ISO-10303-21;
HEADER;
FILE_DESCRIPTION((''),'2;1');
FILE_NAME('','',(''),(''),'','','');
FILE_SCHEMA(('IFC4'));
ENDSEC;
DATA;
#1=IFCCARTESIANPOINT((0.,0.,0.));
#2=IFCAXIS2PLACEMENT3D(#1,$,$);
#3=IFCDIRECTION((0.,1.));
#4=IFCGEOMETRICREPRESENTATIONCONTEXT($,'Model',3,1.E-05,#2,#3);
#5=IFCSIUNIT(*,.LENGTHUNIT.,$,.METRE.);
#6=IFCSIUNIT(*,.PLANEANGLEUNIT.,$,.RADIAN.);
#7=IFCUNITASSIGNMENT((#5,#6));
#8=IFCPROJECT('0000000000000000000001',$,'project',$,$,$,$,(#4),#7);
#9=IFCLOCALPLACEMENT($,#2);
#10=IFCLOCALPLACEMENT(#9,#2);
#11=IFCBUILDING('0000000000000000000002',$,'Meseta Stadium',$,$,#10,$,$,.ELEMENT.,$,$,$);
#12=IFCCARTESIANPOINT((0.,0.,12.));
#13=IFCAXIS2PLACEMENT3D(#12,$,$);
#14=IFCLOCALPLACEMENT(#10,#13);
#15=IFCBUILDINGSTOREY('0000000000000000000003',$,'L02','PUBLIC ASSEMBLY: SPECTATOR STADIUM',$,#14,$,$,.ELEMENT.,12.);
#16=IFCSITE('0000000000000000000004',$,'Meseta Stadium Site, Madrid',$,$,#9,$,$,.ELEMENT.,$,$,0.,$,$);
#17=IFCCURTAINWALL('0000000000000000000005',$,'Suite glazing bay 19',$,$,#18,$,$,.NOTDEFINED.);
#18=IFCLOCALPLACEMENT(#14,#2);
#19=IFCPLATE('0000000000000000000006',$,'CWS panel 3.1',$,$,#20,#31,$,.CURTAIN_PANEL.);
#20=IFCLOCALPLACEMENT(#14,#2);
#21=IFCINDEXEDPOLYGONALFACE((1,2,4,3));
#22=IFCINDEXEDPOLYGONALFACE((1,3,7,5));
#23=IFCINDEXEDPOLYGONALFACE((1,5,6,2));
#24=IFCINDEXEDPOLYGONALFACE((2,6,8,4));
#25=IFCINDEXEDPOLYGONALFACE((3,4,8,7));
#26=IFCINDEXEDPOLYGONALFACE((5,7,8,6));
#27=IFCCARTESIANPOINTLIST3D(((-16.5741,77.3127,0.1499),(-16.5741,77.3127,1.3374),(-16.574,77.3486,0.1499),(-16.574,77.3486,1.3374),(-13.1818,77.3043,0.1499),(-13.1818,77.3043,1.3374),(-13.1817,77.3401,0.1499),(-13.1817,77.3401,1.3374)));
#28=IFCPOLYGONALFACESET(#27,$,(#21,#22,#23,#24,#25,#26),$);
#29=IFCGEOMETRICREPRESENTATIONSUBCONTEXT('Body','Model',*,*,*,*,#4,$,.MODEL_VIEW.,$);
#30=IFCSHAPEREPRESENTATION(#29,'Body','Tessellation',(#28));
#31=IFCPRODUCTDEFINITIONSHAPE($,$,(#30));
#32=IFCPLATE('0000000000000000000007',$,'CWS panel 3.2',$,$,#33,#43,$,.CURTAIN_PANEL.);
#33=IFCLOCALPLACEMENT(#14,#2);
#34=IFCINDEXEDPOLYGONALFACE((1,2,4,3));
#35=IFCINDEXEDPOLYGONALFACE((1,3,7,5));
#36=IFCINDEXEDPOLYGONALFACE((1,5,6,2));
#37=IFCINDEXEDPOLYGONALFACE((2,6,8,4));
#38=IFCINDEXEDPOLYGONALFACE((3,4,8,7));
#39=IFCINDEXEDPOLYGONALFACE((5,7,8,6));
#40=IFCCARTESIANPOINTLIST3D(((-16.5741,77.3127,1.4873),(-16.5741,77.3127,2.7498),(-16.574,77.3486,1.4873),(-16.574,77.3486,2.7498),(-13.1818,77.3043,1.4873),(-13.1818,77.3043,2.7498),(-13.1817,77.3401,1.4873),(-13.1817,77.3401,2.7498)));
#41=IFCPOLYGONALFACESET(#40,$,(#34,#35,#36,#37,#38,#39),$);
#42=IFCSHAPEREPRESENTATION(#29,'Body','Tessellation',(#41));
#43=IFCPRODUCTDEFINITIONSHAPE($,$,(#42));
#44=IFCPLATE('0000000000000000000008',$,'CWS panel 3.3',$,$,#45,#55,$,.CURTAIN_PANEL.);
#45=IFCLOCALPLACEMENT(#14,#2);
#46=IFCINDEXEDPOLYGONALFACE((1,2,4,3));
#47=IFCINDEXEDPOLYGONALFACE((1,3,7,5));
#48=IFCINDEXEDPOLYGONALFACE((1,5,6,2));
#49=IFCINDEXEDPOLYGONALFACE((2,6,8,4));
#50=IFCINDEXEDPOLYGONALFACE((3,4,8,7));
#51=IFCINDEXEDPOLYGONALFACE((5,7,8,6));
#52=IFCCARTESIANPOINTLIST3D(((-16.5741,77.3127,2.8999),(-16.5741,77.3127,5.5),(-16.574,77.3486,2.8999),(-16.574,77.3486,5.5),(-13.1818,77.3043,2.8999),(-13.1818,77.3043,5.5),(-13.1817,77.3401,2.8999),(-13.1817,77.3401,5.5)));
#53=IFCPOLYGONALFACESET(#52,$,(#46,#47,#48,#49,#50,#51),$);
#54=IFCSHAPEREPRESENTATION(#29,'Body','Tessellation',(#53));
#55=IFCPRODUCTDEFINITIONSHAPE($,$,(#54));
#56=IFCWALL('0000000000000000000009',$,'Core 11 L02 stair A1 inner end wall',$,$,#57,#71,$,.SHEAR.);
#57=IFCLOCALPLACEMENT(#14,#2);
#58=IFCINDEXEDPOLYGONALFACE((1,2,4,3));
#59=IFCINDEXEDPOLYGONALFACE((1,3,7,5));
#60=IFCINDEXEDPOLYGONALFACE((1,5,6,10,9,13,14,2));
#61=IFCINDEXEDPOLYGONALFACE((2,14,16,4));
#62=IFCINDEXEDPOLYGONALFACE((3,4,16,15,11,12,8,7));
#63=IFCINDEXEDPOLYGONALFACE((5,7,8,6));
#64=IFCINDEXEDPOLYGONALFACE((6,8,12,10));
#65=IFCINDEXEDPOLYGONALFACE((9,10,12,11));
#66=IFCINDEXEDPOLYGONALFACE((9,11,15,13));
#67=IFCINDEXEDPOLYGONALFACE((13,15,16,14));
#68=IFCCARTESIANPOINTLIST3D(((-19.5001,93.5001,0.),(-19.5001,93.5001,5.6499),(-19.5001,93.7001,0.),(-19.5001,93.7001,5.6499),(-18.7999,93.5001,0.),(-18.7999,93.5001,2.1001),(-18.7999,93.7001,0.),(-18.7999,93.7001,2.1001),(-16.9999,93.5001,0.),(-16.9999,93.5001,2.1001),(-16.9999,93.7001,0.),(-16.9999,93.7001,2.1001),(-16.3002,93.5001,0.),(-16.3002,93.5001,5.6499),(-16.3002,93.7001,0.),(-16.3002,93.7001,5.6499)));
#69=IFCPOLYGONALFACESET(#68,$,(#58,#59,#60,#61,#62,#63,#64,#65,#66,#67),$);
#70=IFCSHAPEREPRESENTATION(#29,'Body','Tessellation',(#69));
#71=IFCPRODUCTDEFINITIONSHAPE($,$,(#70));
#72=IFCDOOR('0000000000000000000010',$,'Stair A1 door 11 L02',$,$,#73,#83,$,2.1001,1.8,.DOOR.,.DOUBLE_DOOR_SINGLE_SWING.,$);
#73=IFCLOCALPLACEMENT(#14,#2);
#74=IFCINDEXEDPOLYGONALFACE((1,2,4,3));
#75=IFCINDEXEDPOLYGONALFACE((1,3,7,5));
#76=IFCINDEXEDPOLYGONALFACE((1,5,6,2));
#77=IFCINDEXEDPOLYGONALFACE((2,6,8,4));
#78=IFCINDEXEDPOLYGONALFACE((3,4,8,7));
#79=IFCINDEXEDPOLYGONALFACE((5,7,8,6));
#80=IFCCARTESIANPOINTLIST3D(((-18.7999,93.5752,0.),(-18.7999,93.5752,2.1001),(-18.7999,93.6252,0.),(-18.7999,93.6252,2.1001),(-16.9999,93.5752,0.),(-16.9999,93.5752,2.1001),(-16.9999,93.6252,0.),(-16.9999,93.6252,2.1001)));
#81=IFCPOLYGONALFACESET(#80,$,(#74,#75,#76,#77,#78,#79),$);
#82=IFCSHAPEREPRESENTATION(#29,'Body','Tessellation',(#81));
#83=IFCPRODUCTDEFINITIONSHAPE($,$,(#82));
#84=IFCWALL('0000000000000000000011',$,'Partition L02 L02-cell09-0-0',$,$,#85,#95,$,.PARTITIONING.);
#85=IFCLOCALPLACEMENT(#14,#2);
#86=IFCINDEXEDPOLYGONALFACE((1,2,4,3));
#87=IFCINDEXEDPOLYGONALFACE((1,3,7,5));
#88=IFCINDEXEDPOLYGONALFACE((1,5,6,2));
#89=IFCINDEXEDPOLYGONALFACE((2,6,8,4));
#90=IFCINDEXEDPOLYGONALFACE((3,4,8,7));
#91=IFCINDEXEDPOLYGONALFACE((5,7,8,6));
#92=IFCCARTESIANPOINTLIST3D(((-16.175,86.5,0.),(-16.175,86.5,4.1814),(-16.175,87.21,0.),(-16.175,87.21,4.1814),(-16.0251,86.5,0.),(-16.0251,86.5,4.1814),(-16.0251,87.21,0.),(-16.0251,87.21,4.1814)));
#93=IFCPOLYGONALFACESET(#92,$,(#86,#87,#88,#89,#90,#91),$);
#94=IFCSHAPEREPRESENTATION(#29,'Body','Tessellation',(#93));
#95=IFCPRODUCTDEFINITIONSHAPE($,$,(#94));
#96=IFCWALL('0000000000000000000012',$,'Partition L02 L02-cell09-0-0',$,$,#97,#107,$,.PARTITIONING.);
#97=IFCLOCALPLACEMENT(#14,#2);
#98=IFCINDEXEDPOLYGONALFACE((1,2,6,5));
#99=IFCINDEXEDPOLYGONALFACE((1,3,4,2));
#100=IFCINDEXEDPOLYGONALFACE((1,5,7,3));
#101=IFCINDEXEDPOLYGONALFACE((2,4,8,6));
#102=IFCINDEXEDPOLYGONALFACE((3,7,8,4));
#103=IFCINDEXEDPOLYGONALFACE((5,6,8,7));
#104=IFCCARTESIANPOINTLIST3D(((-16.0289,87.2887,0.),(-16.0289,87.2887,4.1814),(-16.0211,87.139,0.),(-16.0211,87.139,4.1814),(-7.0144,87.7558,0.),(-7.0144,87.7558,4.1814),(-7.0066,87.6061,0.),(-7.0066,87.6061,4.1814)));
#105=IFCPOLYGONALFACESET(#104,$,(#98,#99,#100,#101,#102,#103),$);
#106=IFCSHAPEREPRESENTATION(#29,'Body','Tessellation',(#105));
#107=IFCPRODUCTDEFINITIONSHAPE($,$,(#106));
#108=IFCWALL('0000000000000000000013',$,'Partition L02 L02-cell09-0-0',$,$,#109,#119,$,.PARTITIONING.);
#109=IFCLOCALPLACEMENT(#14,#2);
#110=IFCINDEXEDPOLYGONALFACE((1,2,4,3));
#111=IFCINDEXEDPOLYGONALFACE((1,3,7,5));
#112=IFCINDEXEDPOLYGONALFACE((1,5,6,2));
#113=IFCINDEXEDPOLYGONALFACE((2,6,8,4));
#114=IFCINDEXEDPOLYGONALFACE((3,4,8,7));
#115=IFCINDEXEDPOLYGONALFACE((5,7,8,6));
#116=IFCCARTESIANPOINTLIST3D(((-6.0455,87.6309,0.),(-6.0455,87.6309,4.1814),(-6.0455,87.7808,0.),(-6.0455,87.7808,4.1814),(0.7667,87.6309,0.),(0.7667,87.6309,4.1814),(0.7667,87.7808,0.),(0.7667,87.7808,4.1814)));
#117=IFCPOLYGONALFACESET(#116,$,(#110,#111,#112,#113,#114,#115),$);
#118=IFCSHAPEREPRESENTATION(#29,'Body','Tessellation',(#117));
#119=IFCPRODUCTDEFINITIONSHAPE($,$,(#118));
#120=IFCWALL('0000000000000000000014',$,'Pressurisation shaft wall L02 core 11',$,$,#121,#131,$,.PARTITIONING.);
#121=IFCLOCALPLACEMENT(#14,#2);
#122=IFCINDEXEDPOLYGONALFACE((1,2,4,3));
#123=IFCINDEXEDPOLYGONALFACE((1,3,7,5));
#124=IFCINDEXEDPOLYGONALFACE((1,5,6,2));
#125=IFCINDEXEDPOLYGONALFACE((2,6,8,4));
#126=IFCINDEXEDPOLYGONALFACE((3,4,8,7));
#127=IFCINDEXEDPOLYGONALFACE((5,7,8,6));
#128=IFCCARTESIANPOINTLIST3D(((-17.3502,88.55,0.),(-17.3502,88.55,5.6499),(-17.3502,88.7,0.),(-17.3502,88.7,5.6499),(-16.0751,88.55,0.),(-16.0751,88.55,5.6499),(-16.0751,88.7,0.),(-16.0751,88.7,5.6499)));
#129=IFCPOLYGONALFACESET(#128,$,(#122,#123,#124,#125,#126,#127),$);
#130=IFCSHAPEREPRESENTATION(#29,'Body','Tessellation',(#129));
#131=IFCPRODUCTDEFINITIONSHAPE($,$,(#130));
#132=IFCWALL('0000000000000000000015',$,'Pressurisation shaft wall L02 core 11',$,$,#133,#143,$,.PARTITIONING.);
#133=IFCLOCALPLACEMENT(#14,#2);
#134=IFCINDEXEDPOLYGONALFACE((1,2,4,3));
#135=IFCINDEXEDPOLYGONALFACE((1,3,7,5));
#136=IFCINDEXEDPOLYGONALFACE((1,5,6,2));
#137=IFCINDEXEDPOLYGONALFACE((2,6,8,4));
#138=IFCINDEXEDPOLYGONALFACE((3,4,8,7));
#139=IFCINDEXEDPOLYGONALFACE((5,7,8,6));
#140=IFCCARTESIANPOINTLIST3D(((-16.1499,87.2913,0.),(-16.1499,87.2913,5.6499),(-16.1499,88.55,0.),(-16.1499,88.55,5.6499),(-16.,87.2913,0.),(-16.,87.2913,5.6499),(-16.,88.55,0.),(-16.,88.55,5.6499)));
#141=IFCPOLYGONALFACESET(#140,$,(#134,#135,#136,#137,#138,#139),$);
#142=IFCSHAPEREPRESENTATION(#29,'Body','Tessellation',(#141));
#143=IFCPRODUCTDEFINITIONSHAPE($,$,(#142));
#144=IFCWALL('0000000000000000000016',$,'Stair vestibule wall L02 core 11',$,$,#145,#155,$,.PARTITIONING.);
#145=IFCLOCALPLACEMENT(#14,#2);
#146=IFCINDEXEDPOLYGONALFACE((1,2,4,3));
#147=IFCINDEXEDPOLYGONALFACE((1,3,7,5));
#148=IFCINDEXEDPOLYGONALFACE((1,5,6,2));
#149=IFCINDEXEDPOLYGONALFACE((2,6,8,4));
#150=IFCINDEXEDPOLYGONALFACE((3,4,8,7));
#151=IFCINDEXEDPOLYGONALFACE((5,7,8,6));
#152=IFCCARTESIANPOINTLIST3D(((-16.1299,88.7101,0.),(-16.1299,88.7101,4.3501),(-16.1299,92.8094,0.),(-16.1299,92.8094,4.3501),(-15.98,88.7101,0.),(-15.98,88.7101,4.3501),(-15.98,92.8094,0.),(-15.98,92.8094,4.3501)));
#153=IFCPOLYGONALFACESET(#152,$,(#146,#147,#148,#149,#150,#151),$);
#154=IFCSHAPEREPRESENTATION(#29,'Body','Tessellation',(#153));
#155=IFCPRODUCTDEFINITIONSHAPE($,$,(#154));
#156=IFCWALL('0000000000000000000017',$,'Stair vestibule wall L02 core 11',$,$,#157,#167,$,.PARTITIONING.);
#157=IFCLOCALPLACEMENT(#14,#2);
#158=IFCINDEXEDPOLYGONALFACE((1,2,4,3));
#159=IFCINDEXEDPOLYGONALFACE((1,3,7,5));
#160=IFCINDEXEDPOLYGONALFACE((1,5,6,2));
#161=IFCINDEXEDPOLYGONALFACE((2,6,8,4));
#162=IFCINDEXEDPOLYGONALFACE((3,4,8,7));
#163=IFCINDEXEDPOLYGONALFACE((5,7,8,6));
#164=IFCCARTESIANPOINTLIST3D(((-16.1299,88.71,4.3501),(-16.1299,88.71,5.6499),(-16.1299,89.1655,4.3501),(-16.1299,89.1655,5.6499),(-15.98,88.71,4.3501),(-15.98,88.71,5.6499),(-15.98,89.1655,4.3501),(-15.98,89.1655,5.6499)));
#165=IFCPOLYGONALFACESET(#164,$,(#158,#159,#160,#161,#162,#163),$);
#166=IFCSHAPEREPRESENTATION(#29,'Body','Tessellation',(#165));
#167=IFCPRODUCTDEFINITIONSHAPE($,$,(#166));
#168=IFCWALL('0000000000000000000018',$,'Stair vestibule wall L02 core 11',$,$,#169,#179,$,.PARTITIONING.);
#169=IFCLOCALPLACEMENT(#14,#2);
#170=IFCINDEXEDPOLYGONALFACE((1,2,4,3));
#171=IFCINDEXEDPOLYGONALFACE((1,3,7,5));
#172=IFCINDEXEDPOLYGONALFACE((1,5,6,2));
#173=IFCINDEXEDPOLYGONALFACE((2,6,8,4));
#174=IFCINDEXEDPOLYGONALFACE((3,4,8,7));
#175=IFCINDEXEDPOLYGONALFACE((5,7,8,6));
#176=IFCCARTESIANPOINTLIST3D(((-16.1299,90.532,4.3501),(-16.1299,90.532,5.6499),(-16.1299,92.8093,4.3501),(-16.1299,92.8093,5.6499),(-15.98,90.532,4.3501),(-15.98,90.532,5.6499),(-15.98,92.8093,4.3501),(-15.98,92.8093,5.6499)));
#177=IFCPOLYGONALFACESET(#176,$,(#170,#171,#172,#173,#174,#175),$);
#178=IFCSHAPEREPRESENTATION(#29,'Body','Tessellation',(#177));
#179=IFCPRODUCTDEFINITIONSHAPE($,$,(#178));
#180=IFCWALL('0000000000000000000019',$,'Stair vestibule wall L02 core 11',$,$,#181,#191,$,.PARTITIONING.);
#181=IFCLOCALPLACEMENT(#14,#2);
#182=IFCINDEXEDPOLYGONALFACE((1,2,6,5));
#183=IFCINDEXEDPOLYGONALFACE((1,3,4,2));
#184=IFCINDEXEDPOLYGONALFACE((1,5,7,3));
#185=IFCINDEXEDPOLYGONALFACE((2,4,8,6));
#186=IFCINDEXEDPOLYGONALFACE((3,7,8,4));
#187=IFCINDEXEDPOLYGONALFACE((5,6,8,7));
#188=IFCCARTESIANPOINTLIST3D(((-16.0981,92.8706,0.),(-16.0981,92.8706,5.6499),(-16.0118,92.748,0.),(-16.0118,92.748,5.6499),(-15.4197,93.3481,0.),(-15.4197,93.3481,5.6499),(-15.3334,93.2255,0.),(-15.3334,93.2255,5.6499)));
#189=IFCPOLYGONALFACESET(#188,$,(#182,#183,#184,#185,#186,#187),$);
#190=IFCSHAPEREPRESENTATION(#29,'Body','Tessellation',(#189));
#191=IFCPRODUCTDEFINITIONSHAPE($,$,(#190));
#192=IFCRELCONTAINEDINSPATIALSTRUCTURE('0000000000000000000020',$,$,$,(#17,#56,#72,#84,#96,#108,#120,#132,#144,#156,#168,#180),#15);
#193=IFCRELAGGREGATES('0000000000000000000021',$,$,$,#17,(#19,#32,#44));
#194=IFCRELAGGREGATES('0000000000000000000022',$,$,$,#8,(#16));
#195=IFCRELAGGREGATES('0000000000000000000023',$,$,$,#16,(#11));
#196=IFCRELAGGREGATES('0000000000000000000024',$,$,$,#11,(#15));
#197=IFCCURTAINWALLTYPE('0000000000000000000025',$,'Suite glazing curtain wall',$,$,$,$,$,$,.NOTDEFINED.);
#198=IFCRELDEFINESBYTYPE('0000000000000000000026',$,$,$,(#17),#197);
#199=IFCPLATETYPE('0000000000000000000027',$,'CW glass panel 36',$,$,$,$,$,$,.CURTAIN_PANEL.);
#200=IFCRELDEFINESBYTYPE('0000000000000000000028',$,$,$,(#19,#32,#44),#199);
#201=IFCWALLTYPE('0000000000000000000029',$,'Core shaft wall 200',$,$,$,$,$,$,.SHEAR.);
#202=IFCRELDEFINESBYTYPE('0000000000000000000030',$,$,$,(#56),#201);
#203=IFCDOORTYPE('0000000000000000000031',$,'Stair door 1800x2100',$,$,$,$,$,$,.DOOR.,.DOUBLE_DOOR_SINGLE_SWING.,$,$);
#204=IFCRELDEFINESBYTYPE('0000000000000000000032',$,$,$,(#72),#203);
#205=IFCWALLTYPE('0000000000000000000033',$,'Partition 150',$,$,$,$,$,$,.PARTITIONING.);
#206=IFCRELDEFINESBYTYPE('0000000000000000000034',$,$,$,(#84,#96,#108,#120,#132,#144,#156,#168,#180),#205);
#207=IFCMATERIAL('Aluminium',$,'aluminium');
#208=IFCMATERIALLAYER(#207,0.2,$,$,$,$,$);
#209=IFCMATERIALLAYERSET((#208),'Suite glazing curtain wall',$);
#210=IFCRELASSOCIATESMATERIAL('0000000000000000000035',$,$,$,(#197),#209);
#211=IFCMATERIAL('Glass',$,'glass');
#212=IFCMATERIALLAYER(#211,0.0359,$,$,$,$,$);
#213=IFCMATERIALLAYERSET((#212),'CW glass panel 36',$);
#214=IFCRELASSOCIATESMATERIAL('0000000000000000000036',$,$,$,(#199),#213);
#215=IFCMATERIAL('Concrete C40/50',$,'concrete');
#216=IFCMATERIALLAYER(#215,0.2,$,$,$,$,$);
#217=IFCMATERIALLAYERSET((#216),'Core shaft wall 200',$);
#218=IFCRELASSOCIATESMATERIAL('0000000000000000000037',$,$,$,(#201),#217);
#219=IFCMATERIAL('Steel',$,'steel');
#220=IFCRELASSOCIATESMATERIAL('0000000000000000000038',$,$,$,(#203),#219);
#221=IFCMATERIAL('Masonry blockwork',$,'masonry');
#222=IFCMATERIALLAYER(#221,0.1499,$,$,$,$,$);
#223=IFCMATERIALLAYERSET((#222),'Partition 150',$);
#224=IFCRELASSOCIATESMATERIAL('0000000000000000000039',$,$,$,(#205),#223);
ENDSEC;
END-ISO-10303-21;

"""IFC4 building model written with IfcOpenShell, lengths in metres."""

from ifc_helpers import new_model, si_unit, direction, frame, frame_2d, origin, origin_2d, place, context, subcontext, project, spatial, rectangle, extrude, material, layer, layer_set, type_object, element, fill, aggregate, save


model = new_model("IFC4")

# Units and contexts
model_context = context("Model", 3, precision=1e-05, world=origin(), true_north=direction((0.0, 1.0)))
body_context = subcontext(model_context, "Body", "Model", "MODEL_VIEW")
ifc_project = project(units=[si_unit("LENGTHUNIT", "METRE"), si_unit("PLANEANGLEUNIT", "RADIAN")], contexts=[model_context])

# Site, building, storey
site_placement = place(None, origin())
site = spatial("IfcSite", under=ifc_project, at=site_placement, Name="Meseta Stadium Site, Madrid", CompositionType="ELEMENT", RefElevation=0.0)
building_placement = place(site_placement, origin())
building = spatial("IfcBuilding", under=site, at=building_placement, Name="Meseta Stadium", CompositionType="ELEMENT")
storey_placement = place(building_placement, frame((0.0, 0.0, 12.0)))
storey = spatial("IfcBuildingStorey", under=building, at=storey_placement, Name="L02", Description="PUBLIC ASSEMBLY: SPECTATOR STADIUM", CompositionType="ELEMENT", Elevation=12.0)

# Curtain wall
ifc_material_1 = material(Name="Aluminium", Category="aluminium")
ifc_layer_1 = layer(ifc_material_1, 0.2)
ifc_layer_set_1 = layer_set([ifc_layer_1], Name="Suite glazing curtain wall")
curtain_wall_type = type_object("IfcCurtainWallType", Name="Suite glazing curtain wall", PredefinedType="NOTDEFINED", material=ifc_layer_set_1)
curtain_wall_placement = place(storey_placement, origin())
curtain_wall = element("IfcCurtainWall", 1, at=curtain_wall_placement, inside=storey, type_object=curtain_wall_type, Name="Suite glazing bay 19", PredefinedType="NOTDEFINED")

# Plates
ifc_material_2 = material(Name="Glass", Category="glass")
ifc_layer_2 = layer(ifc_material_2, 0.0359)
ifc_layer_set_2 = layer_set([ifc_layer_2], Name="CW glass panel 36")
plate_type = type_object("IfcPlateType", Name="CW glass panel 36", PredefinedType="CURTAIN_PANEL", material=ifc_layer_set_2)
plate_1_placement = place(storey_placement, frame((-14.8779, 77.3264, 0.1499), z_axis=(0.0, 0.0, 1.0), x_axis=(-0.999997, 0.002486, 0.0)))
plate_1 = element("IfcPlate", 2, at=plate_1_placement, type_object=plate_type, Name="CWS panel 3.1", PredefinedType="CURTAIN_PANEL", context=body_context, shape_type="SweptSolid", body=[
    extrude(rectangle(XDim=3.3923, YDim=0.0359, at=origin_2d()), origin(), (0.0, 0.0, 1.0), 1.1875),
])
plate_2_placement = place(storey_placement, frame((-14.8779, 77.3264, 1.4873), z_axis=(0.0, 0.0, 1.0), x_axis=(-0.999997, 0.002486, 0.0)))
plate_2 = element("IfcPlate", 3, at=plate_2_placement, type_object=plate_type, Name="CWS panel 3.2", PredefinedType="CURTAIN_PANEL", context=body_context, shape_type="SweptSolid", body=[
    extrude(rectangle(XDim=3.3923, YDim=0.0359, at=origin_2d()), origin(), (0.0, 0.0, 1.0), 1.2625),
])
plate_3_placement = place(storey_placement, frame((-14.8779, 77.3264, 2.8999), z_axis=(0.0, 0.0, 1.0), x_axis=(-0.999997, 0.002486, 0.0)))
plate_3 = element("IfcPlate", 4, at=plate_3_placement, type_object=plate_type, Name="CWS panel 3.3", PredefinedType="CURTAIN_PANEL", context=body_context, shape_type="SweptSolid", body=[
    extrude(rectangle(XDim=3.3923, YDim=0.0359, at=origin_2d()), origin(), (0.0, 0.0, 1.0), 2.6001),
])
aggregate(curtain_wall, [plate_1, plate_2, plate_3])

# Wall, opening, door
ifc_material_3 = material(Name="Concrete C40/50", Category="concrete")
ifc_layer_3 = layer(ifc_material_3, 0.2)
ifc_layer_set_3 = layer_set([ifc_layer_3], Name="Core shaft wall 200")
wall_type_1 = type_object("IfcWallType", Name="Core shaft wall 200", PredefinedType="SHEAR", material=ifc_layer_set_3)
wall_1_placement = place(storey_placement, frame((-16.3, 93.6001, 0.0), z_axis=(0.0, 0.0, 1.0), x_axis=(-1.0, 0.0, 0.0)))
wall_1 = element("IfcWall", 5, at=wall_1_placement, inside=storey, type_object=wall_type_1, Name="Core 11 L02 stair A1 inner end wall", PredefinedType="SHEAR", context=body_context, shape_type="SweptSolid", body=[
    extrude(rectangle(XDim=3.2, YDim=0.2, at=frame_2d((1.6001, 0.0))), origin(), (0.0, 0.0, 1.0), 5.6499),
])
opening_placement = place(wall_1_placement, frame((0.7, 0.0, 0.0)))
opening = element("IfcOpeningElement", 6, at=opening_placement, cuts=wall_1, PredefinedType="OPENING", context=body_context, shape_type="SweptSolid", body=[
    extrude(rectangle(XDim=1.8, YDim=2.1001, at=frame_2d((0.8999, 1.05))), frame((0.0, 0.1099, 0.0), z_axis=(0.0, -1.0, 0.0), x_axis=(1.0, 0.0, 0.0)), (0.0, 0.0, 1.0), 0.22),
])
ifc_material_4 = material(Name="Steel", Category="steel")
door_type = type_object("IfcDoorType", Name="Stair door 1800x2100", OperationType="DOUBLE_DOOR_SINGLE_SWING", PredefinedType="DOOR", material=ifc_material_4)
door_placement = place(opening_placement, origin())
door = element("IfcDoor", 7, at=door_placement, inside=storey, type_object=door_type, Name="Stair A1 door 11 L02", OperationType="DOUBLE_DOOR_SINGLE_SWING", OverallHeight=2.1001, OverallWidth=1.8, PredefinedType="DOOR", context=body_context, shape_type="SweptSolid", body=[
    extrude(rectangle(XDim=1.8, YDim=2.1001, at=frame_2d((0.8999, 1.05))), frame((0.0, 0.0249, 0.0), z_axis=(0.0, -1.0, 0.0), x_axis=(1.0, 0.0, 0.0)), (0.0, 0.0, 1.0), 0.05),
])
fill(opening, door)

# Walls
ifc_material_5 = material(Name="Masonry blockwork", Category="masonry")
ifc_layer_4 = layer(ifc_material_5, 0.1499)
ifc_layer_set_4 = layer_set([ifc_layer_4], Name="Partition 150")
wall_type_2 = type_object("IfcWallType", Name="Partition 150", PredefinedType="PARTITIONING", material=ifc_layer_set_4)
wall_2_placement = place(storey_placement, frame((-16.1001, 86.5, 0.0), z_axis=(0.0, 0.0, 1.0), x_axis=(0.0, 1.0, 0.0)))
element("IfcWall", 8, at=wall_2_placement, inside=storey, type_object=wall_type_2, Name="Partition L02 L02-cell09-0-0", PredefinedType="PARTITIONING", context=body_context, shape_type="SweptSolid", body=[
    extrude(rectangle(XDim=0.71, YDim=0.1499, at=frame_2d((0.355, 0.0))), origin(), (0.0, 0.0, 1.0), 4.1814),
])
wall_3_placement = place(storey_placement, frame((-16.0249, 87.2139, 0.0), z_axis=(0.0, 0.0, 1.0), x_axis=(0.998661, 0.051741, 0.0)))
element("IfcWall", 9, at=wall_3_placement, inside=storey, type_object=wall_type_2, Name="Partition L02 L02-cell09-0-0", PredefinedType="PARTITIONING", context=body_context, shape_type="SweptSolid", body=[
    extrude(rectangle(XDim=9.0266, YDim=0.1499, at=frame_2d((4.5132, 0.0))), origin(), (0.0, 0.0, 1.0), 4.1814),
])
wall_4_placement = place(storey_placement, frame((-6.0457, 87.7058, 0.0), z_axis=(0.0, 0.0, 1.0), x_axis=(1.0, 0.0, 0.0)))
element("IfcWall", 10, at=wall_4_placement, inside=storey, type_object=wall_type_2, Name="Partition L02 L02-cell09-0-0", PredefinedType="PARTITIONING", context=body_context, shape_type="SweptSolid", body=[
    extrude(rectangle(XDim=6.8123, YDim=0.1499, at=frame_2d((3.4062, 0.0))), origin(), (0.0, 0.0, 1.0), 4.1814),
])
wall_5_placement = place(storey_placement, frame((-16.075, 88.625, 0.0), z_axis=(0.0, 0.0, 1.0), x_axis=(-1.0, 0.0, 0.0)))
element("IfcWall", 11, at=wall_5_placement, inside=storey, type_object=wall_type_2, Name="Pressurisation shaft wall L02 core 11", PredefinedType="PARTITIONING", context=body_context, shape_type="SweptSolid", body=[
    extrude(rectangle(XDim=1.2751, YDim=0.1499, at=frame_2d((0.6377, 0.0))), origin(), (0.0, 0.0, 1.0), 5.6499),
])
wall_6_placement = place(storey_placement, frame((-16.075, 87.2913, 0.0), z_axis=(0.0, 0.0, 1.0), x_axis=(0.0, 1.0, 0.0)))
element("IfcWall", 12, at=wall_6_placement, inside=storey, type_object=wall_type_2, Name="Pressurisation shaft wall L02 core 11", PredefinedType="PARTITIONING", context=body_context, shape_type="SweptSolid", body=[
    extrude(rectangle(XDim=1.2588, YDim=0.1499, at=frame_2d((0.6294, 0.0))), origin(), (0.0, 0.0, 1.0), 5.6499),
])
wall_7_placement = place(storey_placement, frame((-16.0549, 88.71, 0.0), z_axis=(0.0, 0.0, 1.0), x_axis=(0.0, 1.0, 0.0)))
element("IfcWall", 13, at=wall_7_placement, inside=storey, type_object=wall_type_2, Name="Stair vestibule wall L02 core 11", PredefinedType="PARTITIONING", context=body_context, shape_type="SweptSolid", body=[
    extrude(rectangle(XDim=4.0994, YDim=0.1499, at=frame_2d((2.0498, 0.0))), origin(), (0.0, 0.0, 1.0), 4.3501),
])
wall_8_placement = place(storey_placement, frame((-16.0549, 88.71, 4.3501), z_axis=(0.0, 0.0, 1.0), x_axis=(0.0, 1.0, 0.0)))
element("IfcWall", 14, at=wall_8_placement, inside=storey, type_object=wall_type_2, Name="Stair vestibule wall L02 core 11", PredefinedType="PARTITIONING", context=body_context, shape_type="SweptSolid", body=[
    extrude(rectangle(XDim=0.4556, YDim=0.1499, at=frame_2d((0.2278, 0.0))), origin(), (0.0, 0.0, 1.0), 1.2998),
])
wall_9_placement = place(storey_placement, frame((-16.0549, 90.532, 4.3501), z_axis=(0.0, 0.0, 1.0), x_axis=(0.0, 1.0, 0.0)))
element("IfcWall", 15, at=wall_9_placement, inside=storey, type_object=wall_type_2, Name="Stair vestibule wall L02 core 11", PredefinedType="PARTITIONING", context=body_context, shape_type="SweptSolid", body=[
    extrude(rectangle(XDim=2.2773, YDim=0.1499, at=frame_2d((1.1387, 0.0))), origin(), (0.0, 0.0, 1.0), 1.2998),
])
wall_10_placement = place(storey_placement, frame((-16.0549, 92.8093, 0.0), z_axis=(0.0, 0.0, 1.0), x_axis=(0.81775, 0.575574, 0.0)))
element("IfcWall", 16, at=wall_10_placement, inside=storey, type_object=wall_type_2, Name="Stair vestibule wall L02 core 11", PredefinedType="PARTITIONING", context=body_context, shape_type="SweptSolid", body=[
    extrude(rectangle(XDim=0.8296, YDim=0.1499, at=frame_2d((0.4148, 0.0))), origin(), (0.0, 0.0, 1.0), 5.6499),
])

save(model, "model.ifc")
